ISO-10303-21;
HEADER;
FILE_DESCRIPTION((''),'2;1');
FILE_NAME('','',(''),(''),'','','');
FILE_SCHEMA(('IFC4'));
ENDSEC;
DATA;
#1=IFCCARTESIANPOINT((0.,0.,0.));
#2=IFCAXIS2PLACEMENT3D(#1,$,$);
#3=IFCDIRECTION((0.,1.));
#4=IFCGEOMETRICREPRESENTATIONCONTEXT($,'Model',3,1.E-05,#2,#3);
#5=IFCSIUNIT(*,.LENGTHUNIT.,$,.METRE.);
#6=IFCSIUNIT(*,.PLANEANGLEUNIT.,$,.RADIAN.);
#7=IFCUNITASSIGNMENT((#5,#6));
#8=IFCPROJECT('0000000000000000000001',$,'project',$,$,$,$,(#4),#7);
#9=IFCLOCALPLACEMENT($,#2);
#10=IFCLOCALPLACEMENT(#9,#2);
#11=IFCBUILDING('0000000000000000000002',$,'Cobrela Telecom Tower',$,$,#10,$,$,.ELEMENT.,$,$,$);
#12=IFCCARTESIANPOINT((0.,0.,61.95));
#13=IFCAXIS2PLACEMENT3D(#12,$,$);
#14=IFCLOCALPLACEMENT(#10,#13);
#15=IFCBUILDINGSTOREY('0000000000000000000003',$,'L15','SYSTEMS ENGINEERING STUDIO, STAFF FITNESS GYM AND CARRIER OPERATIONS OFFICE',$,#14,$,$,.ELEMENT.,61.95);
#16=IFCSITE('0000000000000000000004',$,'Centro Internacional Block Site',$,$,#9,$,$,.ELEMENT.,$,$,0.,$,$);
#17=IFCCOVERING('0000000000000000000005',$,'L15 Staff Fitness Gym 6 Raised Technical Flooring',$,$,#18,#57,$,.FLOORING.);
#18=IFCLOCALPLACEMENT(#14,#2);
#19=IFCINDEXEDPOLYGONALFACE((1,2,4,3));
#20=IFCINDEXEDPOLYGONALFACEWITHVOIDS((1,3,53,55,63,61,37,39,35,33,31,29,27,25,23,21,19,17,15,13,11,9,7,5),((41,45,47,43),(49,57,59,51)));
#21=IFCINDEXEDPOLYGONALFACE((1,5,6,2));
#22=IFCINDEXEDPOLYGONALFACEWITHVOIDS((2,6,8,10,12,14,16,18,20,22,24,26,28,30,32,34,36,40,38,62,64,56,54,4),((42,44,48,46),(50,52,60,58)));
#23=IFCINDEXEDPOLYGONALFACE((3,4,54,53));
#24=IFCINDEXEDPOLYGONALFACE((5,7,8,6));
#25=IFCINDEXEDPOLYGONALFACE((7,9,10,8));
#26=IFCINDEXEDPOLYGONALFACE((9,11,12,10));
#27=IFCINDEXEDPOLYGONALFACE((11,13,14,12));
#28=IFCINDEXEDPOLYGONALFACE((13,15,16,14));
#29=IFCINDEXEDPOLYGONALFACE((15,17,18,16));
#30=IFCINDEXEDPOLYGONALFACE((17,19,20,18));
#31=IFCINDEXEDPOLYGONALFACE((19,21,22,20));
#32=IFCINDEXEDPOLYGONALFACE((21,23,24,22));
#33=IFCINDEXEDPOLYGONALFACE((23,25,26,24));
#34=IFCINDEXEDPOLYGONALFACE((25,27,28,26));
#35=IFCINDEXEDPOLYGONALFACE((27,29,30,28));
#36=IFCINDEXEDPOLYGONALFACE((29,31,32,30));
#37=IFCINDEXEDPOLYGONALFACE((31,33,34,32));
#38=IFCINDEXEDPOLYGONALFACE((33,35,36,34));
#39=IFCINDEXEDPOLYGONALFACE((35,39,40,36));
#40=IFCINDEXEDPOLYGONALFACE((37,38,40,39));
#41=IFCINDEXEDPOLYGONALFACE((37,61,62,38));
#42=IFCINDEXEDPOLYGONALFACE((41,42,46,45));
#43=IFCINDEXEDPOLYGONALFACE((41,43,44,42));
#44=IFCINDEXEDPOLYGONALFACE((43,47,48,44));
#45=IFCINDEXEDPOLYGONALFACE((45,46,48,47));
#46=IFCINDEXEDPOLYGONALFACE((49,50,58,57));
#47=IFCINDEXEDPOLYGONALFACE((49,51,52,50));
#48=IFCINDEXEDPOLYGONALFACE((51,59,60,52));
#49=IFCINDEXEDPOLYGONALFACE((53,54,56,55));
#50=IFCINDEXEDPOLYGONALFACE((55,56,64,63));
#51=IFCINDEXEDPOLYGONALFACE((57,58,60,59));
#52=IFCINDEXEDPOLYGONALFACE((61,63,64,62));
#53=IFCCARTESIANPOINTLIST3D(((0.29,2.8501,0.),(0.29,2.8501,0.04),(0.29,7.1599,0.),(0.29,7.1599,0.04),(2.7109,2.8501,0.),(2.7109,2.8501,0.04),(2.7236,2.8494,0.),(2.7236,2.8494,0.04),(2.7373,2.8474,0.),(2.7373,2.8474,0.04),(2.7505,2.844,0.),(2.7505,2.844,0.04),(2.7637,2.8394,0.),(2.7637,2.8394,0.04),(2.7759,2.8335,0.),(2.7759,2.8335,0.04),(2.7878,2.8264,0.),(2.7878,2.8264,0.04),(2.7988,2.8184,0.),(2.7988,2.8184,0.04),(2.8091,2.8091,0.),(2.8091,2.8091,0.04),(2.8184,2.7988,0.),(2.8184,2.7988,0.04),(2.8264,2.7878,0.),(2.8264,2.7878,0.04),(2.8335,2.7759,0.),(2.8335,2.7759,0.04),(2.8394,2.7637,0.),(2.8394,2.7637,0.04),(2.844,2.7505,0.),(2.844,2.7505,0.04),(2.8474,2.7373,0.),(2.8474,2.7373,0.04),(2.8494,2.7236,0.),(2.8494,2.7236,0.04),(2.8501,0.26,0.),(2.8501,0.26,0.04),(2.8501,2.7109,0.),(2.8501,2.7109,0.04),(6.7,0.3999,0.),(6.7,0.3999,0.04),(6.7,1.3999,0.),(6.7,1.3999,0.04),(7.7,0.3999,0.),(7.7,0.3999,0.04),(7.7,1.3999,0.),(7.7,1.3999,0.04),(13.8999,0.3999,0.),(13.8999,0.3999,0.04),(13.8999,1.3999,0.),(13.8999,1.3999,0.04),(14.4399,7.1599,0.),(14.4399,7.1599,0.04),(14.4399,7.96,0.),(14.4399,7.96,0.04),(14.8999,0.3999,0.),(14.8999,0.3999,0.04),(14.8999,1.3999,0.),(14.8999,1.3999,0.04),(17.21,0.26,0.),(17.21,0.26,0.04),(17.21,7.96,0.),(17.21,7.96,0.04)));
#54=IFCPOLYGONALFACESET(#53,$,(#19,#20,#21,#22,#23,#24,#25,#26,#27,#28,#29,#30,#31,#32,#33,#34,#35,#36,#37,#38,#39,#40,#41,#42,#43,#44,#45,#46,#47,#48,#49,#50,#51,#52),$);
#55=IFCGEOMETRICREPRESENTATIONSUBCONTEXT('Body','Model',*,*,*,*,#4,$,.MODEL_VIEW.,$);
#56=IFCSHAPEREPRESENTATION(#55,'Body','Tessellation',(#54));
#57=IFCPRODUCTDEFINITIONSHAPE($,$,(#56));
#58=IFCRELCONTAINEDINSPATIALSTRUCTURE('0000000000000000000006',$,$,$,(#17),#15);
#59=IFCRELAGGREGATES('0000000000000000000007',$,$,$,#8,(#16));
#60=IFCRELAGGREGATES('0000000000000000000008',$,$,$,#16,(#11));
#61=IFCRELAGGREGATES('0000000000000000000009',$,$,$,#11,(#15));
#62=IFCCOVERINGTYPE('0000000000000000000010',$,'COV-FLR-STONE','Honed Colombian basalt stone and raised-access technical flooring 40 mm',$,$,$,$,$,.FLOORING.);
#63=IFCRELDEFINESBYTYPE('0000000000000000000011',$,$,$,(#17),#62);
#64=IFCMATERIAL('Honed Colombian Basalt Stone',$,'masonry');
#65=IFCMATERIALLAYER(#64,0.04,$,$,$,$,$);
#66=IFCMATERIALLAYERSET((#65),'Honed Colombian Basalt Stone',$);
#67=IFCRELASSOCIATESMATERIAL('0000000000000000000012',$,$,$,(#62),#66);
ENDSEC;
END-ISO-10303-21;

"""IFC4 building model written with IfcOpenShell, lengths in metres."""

from ifc_helpers import new_model, si_unit, direction, frame, origin, place, context, subcontext, project, spatial, polyline, outline, extrude, material, layer, layer_set, type_object, element, save


model = new_model("IFC4")

# Units and contexts
model_context = context("Model", 3, precision=1e-05, world=origin(), true_north=direction((0.0, 1.0)))
body_context = subcontext(model_context, "Body", "Model", "MODEL_VIEW")
ifc_project = project(units=[si_unit("LENGTHUNIT", "METRE"), si_unit("PLANEANGLEUNIT", "RADIAN")], contexts=[model_context])

# Site, building, storey
site_placement = place(None, origin())
site = spatial("IfcSite", under=ifc_project, at=site_placement, Name="Centro Internacional Block Site", CompositionType="ELEMENT", RefElevation=0.0)
building_placement = place(site_placement, origin())
building = spatial("IfcBuilding", under=site, at=building_placement, Name="Cobrela Telecom Tower", CompositionType="ELEMENT")
storey_placement = place(building_placement, frame((0.0, 0.0, 61.95)))
storey = spatial("IfcBuildingStorey", under=building, at=storey_placement, Name="L15", Description="SYSTEMS ENGINEERING STUDIO, STAFF FITNESS GYM AND CARRIER OPERATIONS OFFICE", CompositionType="ELEMENT", Elevation=61.95)

# Covering
ifc_material_1 = material(Name="Honed Colombian Basalt Stone", Category="masonry")
ifc_layer_1 = layer(ifc_material_1, 0.04)
ifc_layer_set_1 = layer_set([ifc_layer_1], Name="Honed Colombian Basalt Stone")
covering_type_1 = type_object("IfcCoveringType", Name="COV-FLR-STONE", Description="Honed Colombian basalt stone and raised-access technical flooring 40 mm", PredefinedType="FLOORING", material=ifc_layer_set_1)
covering_1_placement = place(storey_placement, origin())
element("IfcCovering", 1, at=covering_1_placement, inside=storey, type_object=covering_type_1, Name="L15 Staff Fitness Gym 6 Raised Technical Flooring", PredefinedType="FLOORING", context=body_context, shape_type="SweptSolid", body=[
    extrude(outline(polyline([(2.8501, 2.7109), (2.8494, 2.7236), (2.8474, 2.7373), (2.844, 2.7505), (2.8394, 2.7637), (2.8335, 2.7759), (2.8264, 2.7878), (2.8184, 2.7988), (2.8091, 2.8091), (2.7988, 2.8184), (2.7878, 2.8264), (2.7759, 2.8335), (2.7637, 2.8394), (2.7505, 2.844), (2.7373, 2.8474), (2.7236, 2.8494), (2.7109, 2.8501), (0.29, 2.8501), (0.29, 7.1599), (14.4399, 7.1599), (14.4399, 7.96), (17.21, 7.96), (17.21, 0.26), (2.8501, 0.26), (2.8501, 2.7109)]), holes=[polyline([(7.7, 1.3999), (6.7, 1.3999), (6.7, 0.3999), (7.7, 0.3999), (7.7, 1.3999)]), polyline([(14.8999, 0.3999), (14.8999, 1.3999), (13.8999, 1.3999), (13.8999, 0.3999), (14.8999, 0.3999)])]), origin(), (0.0, 0.0, 1.0), 0.04),
])

save(model, "model.ifc")
